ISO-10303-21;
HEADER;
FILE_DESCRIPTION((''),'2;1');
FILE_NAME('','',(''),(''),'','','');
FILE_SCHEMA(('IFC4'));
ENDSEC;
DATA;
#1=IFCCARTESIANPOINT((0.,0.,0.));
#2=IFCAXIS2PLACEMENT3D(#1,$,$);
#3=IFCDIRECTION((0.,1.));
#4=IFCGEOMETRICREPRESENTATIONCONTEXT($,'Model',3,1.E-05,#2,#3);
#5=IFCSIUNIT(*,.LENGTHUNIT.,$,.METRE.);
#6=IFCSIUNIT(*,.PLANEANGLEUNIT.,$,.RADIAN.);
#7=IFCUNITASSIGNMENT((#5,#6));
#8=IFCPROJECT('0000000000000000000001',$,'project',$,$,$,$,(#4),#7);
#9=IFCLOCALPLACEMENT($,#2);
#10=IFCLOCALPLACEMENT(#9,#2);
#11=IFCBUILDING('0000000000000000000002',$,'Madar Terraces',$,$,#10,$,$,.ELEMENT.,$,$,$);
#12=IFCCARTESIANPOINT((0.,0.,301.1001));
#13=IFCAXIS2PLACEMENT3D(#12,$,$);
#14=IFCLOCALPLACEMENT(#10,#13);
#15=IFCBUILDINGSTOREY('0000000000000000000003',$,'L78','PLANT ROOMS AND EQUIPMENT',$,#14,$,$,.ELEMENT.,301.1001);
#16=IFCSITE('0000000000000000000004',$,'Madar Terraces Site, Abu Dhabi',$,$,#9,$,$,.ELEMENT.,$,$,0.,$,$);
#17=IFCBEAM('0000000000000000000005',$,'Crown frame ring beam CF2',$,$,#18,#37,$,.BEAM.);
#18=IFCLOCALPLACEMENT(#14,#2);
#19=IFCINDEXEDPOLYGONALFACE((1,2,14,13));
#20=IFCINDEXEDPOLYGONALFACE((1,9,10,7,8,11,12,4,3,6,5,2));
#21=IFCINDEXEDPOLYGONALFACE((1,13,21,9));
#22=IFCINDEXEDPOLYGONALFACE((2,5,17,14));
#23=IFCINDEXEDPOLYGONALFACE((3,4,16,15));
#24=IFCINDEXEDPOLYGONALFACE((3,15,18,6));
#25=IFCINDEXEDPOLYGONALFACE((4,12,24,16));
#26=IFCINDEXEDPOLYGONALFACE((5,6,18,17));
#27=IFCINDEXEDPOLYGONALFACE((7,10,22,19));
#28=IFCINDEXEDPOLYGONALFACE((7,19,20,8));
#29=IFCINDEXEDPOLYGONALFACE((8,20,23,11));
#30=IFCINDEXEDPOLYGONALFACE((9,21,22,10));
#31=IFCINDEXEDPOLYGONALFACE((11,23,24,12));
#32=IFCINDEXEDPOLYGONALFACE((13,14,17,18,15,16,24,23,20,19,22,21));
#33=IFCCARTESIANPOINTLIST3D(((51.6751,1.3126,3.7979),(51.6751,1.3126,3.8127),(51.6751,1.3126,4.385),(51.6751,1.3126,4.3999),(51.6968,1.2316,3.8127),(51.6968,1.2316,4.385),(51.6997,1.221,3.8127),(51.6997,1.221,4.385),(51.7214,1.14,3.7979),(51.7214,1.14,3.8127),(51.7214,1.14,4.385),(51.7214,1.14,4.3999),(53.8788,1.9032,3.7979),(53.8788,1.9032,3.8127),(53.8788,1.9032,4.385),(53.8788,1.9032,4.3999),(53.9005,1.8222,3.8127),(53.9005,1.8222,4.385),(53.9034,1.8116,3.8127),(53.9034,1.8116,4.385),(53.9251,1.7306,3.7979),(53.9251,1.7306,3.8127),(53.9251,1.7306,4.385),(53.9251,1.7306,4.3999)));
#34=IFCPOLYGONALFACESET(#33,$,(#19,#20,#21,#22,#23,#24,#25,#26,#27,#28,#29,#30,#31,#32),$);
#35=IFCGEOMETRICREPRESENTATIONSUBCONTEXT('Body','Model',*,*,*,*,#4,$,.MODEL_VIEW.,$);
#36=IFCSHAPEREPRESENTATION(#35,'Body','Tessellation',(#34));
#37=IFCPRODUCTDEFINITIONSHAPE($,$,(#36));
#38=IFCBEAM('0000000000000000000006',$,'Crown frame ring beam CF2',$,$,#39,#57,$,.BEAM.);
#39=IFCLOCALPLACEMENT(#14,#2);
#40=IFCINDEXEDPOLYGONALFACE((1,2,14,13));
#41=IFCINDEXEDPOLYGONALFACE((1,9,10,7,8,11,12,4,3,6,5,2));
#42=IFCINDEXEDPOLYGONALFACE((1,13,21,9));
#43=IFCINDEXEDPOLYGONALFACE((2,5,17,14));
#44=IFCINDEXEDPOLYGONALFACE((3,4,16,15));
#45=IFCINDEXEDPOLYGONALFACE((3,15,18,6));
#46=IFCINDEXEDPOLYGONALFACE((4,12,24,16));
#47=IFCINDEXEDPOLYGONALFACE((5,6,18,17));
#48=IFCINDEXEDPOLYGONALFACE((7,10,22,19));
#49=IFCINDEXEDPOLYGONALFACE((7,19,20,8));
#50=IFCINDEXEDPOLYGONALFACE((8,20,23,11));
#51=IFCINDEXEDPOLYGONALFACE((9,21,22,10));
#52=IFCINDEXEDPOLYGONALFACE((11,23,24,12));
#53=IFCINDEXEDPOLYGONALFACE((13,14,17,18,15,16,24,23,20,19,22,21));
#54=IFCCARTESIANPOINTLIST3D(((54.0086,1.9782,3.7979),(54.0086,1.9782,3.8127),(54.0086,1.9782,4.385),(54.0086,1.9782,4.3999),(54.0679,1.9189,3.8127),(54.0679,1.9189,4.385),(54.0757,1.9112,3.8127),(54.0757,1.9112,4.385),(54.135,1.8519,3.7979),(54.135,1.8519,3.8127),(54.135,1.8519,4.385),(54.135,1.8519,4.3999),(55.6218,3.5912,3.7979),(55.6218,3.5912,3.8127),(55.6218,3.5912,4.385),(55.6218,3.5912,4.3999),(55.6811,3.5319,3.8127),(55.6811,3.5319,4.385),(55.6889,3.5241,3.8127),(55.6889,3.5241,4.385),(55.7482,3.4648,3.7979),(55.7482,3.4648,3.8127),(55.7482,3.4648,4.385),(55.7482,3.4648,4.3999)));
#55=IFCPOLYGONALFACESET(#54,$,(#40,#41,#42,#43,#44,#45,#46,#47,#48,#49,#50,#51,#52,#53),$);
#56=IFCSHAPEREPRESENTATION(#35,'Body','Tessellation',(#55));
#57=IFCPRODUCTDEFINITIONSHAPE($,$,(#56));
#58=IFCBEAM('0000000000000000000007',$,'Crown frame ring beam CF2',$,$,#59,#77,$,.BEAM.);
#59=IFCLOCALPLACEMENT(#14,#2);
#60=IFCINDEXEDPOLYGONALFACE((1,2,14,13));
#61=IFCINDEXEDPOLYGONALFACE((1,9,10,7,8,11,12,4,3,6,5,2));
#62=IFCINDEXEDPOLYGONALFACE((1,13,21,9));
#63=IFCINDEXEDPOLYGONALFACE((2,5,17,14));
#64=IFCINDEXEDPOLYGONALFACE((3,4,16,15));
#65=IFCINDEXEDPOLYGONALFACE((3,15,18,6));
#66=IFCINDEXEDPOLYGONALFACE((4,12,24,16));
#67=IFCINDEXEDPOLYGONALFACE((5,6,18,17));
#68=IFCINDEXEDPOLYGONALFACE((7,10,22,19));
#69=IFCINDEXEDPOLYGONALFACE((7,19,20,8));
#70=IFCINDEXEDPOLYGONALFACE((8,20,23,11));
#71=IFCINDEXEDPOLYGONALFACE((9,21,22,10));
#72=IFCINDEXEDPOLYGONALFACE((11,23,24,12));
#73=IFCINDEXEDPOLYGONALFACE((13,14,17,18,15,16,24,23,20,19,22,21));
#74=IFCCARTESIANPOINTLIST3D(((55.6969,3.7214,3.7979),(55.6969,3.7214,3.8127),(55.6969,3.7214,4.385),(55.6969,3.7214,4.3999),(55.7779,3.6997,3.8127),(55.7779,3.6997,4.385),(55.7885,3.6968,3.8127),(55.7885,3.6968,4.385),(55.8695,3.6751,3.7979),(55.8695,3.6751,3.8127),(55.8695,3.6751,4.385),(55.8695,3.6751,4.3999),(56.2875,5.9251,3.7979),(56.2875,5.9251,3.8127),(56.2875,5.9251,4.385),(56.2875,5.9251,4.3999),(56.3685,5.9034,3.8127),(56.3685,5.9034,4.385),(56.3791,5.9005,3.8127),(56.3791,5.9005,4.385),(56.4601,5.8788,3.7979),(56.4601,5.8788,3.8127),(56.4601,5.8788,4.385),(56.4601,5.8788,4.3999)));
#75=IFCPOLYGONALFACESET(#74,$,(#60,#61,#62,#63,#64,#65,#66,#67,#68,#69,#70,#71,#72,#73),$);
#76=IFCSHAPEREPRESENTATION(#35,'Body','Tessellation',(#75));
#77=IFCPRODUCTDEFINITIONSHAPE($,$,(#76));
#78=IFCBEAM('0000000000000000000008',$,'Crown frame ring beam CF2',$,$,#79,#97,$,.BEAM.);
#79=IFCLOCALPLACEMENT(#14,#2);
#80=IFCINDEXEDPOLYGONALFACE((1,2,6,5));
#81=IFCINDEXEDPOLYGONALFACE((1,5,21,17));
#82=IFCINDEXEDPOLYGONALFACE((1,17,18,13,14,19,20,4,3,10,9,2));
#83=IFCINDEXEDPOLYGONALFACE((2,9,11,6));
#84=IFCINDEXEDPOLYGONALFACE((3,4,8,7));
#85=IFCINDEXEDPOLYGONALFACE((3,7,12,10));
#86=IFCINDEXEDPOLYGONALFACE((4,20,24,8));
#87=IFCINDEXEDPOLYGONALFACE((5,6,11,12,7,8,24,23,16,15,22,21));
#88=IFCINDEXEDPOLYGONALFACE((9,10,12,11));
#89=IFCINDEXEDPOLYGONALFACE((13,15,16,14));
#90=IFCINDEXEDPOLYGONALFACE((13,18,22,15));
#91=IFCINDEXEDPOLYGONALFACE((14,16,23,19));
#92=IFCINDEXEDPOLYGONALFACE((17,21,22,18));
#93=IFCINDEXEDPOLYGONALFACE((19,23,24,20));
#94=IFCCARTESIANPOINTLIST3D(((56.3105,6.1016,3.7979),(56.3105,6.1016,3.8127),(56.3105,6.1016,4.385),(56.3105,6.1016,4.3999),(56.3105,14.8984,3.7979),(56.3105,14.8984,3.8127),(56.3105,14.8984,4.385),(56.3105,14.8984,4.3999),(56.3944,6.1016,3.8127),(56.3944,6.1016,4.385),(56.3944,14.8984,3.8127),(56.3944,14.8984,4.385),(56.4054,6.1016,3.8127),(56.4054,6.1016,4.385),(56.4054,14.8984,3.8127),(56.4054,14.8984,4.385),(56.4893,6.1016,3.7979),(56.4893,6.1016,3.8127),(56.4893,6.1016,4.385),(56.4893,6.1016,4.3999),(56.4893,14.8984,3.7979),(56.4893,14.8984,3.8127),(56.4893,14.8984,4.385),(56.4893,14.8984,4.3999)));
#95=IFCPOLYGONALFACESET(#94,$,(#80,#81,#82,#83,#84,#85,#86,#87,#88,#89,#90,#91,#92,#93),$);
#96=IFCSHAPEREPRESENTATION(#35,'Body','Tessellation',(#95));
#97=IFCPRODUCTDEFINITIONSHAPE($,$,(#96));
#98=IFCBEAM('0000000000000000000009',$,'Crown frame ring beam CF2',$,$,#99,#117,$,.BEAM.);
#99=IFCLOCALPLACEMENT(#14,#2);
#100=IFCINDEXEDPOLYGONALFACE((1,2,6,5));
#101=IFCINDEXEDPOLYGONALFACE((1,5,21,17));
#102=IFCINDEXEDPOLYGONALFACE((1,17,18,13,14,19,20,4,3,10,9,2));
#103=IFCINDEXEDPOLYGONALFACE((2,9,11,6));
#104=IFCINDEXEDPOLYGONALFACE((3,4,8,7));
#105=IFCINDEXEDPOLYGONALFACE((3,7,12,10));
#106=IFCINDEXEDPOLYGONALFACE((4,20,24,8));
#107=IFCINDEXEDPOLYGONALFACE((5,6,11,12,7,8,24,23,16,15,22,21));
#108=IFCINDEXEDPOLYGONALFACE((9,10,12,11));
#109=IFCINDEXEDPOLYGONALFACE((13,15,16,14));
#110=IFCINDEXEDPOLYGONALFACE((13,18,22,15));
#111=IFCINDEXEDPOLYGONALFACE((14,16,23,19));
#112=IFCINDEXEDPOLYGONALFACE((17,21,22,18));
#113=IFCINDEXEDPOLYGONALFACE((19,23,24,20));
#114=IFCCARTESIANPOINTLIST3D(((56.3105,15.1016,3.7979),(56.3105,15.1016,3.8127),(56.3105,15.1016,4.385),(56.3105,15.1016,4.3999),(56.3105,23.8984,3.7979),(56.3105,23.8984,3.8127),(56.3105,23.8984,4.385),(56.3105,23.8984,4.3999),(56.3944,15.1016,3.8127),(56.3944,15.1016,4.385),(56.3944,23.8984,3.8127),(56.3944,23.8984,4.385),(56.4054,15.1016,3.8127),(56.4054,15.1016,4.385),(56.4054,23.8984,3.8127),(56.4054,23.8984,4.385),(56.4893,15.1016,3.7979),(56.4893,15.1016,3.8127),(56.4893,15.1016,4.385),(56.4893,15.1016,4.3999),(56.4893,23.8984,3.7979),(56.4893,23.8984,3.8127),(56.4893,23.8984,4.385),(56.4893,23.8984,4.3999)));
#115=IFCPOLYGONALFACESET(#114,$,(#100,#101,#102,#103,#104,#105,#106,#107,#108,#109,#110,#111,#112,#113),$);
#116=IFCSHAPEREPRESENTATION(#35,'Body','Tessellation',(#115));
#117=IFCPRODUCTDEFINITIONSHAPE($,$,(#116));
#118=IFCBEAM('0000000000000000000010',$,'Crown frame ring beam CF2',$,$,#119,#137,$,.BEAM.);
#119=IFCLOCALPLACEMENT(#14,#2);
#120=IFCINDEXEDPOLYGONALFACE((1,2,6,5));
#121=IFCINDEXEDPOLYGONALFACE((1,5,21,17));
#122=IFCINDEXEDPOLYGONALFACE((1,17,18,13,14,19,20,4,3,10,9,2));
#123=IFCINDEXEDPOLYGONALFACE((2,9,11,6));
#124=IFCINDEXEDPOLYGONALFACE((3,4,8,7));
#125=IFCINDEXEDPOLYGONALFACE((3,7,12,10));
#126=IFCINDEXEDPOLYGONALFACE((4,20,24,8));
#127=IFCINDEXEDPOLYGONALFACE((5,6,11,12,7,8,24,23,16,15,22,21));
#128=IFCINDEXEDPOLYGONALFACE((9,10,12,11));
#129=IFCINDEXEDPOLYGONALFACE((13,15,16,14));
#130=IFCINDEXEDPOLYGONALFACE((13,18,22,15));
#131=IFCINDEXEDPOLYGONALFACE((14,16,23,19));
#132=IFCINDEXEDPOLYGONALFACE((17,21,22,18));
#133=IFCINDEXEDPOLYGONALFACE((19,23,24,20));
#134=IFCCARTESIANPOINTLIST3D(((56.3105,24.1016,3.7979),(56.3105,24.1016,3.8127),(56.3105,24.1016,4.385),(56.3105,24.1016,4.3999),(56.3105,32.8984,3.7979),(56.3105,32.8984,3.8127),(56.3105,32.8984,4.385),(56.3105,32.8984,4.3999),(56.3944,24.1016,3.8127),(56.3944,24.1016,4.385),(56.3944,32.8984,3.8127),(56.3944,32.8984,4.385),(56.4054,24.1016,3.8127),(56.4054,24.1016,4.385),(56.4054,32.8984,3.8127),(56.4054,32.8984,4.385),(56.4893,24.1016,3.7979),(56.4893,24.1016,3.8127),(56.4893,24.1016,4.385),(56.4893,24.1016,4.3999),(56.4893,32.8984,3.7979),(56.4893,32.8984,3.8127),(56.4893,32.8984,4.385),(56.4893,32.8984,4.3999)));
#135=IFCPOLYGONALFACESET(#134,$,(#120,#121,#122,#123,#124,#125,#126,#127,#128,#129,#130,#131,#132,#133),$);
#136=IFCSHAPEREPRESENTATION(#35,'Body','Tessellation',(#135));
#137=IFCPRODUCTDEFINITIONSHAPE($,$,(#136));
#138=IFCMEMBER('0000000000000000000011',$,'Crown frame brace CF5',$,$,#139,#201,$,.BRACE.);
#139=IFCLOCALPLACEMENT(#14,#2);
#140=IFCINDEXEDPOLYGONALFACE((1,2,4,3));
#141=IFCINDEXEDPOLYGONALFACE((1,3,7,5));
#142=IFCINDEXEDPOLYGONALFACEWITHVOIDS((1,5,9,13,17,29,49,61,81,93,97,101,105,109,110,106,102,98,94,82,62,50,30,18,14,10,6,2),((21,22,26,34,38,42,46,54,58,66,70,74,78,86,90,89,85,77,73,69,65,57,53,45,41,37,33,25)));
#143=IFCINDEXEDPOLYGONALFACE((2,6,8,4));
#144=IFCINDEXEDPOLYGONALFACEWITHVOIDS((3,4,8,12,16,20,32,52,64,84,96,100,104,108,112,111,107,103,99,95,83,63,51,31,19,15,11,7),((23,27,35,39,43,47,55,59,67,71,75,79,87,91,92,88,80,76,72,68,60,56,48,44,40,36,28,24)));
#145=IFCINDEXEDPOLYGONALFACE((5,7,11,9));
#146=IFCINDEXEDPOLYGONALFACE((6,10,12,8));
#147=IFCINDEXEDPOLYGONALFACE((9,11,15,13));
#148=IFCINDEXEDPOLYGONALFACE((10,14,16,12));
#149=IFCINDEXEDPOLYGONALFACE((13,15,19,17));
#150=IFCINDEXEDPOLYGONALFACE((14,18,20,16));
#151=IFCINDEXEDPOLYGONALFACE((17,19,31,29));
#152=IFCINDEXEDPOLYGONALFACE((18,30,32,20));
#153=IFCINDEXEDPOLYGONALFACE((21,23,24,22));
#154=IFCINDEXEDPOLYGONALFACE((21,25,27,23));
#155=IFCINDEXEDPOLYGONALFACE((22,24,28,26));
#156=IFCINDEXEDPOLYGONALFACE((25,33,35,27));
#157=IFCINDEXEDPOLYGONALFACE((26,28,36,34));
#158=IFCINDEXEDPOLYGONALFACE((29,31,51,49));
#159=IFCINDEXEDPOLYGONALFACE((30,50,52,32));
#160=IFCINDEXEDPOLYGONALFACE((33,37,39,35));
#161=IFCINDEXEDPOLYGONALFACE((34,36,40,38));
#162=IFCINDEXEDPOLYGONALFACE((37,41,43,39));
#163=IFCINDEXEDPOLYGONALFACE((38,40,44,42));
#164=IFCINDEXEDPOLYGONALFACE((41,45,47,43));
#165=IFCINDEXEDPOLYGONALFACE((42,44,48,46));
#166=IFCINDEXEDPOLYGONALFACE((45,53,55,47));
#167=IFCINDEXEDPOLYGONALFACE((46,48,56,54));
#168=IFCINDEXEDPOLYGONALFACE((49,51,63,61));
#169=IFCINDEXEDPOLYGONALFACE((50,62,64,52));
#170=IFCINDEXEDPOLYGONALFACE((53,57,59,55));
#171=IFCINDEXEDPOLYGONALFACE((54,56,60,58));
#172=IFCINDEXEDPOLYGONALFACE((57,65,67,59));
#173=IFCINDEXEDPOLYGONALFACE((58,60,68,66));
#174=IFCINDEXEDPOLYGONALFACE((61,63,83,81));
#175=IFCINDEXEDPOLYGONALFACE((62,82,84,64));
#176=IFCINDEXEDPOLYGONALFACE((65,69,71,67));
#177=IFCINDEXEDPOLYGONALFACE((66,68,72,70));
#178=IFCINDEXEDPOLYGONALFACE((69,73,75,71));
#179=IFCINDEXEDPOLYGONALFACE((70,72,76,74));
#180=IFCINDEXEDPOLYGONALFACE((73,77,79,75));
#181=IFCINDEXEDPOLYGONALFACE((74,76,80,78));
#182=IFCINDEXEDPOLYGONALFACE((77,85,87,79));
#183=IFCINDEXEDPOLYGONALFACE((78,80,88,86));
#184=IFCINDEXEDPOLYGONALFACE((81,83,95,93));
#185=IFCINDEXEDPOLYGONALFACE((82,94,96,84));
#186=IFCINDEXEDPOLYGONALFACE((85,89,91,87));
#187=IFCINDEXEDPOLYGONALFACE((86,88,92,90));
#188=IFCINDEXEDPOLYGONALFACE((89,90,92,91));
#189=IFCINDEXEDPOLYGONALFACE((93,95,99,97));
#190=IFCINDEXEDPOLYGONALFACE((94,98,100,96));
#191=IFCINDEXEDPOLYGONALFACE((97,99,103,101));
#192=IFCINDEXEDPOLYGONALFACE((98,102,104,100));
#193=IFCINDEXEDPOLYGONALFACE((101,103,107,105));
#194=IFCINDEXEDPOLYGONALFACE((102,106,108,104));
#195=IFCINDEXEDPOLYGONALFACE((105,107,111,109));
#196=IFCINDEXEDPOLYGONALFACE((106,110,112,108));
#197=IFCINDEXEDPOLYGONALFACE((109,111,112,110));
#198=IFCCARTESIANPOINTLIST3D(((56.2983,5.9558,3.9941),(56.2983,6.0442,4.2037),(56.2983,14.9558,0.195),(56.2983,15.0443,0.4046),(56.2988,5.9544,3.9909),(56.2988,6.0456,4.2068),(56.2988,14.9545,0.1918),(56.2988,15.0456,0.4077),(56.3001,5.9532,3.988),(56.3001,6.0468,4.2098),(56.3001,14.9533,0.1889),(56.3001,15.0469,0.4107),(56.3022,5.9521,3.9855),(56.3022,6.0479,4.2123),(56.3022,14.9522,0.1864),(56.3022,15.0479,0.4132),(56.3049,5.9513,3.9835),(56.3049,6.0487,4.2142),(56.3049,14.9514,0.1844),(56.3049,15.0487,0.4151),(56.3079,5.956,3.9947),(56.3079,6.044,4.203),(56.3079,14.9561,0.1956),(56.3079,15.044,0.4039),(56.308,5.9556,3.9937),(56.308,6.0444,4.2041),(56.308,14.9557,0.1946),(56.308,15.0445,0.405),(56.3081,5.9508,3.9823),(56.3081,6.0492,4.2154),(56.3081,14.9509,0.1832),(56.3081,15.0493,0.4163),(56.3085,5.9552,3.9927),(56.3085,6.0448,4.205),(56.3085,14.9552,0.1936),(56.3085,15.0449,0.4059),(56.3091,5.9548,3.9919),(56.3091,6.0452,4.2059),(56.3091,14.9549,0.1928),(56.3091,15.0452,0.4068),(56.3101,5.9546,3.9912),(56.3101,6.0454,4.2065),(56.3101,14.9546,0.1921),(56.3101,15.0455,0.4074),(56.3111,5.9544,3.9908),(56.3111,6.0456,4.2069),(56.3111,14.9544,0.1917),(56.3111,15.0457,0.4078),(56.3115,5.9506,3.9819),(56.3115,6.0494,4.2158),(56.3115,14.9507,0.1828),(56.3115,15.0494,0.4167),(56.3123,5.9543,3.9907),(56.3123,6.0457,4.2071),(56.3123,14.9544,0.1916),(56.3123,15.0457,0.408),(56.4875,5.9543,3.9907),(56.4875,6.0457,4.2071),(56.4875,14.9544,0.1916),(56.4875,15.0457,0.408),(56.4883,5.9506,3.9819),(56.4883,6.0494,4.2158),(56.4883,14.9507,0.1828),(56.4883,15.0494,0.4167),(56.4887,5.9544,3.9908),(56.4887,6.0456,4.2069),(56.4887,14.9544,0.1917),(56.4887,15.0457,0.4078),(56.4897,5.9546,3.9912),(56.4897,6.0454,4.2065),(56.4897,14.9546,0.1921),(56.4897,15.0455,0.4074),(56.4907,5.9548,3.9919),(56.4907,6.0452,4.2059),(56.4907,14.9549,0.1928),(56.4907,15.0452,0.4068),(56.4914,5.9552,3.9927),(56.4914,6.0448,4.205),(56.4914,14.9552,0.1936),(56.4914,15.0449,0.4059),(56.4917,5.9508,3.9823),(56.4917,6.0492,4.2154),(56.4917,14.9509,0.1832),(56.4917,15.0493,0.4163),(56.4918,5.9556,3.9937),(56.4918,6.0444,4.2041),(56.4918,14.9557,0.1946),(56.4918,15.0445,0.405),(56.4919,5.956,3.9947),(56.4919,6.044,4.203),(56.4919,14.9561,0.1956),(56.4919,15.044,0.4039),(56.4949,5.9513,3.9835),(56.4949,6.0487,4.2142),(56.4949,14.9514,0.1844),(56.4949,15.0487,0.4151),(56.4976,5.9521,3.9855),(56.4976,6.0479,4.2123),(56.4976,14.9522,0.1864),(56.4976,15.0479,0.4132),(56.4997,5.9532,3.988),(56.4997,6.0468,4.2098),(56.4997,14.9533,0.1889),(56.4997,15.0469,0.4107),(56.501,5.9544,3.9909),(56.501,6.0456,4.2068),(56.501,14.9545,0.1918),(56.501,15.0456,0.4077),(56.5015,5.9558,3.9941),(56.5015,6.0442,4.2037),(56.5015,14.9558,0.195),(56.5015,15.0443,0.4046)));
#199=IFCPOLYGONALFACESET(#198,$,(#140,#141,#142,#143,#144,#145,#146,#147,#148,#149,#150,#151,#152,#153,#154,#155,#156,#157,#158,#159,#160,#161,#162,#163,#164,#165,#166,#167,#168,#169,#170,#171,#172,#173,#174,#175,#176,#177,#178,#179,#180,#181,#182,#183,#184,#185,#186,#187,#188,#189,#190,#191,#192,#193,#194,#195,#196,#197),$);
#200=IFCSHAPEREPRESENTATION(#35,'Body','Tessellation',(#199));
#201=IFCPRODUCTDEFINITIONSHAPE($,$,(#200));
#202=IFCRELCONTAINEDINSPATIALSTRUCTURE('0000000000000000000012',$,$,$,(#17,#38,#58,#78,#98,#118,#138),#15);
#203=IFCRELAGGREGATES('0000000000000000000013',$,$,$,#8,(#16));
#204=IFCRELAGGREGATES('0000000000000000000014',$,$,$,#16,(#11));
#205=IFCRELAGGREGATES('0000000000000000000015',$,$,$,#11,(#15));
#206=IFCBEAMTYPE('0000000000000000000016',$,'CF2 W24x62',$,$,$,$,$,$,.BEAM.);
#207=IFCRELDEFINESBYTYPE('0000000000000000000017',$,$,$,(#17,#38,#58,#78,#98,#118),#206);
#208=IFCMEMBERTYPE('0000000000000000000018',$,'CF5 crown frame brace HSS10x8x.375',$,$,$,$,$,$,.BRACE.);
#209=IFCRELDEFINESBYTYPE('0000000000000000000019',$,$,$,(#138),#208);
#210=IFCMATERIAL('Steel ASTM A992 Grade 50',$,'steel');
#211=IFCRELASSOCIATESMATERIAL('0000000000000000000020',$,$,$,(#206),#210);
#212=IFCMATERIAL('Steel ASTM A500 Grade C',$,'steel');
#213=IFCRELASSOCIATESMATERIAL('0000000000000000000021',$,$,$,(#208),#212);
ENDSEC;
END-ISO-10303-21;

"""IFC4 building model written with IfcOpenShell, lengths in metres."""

from ifc_helpers import new_model, si_unit, direction, frame, origin, origin_2d, place, context, subcontext, project, spatial, hollow_rectangle, i_section, extrude, material, material_profile, profile_set, type_object, element, save


model = new_model("IFC4")

# Units and contexts
model_context = context("Model", 3, precision=1e-05, world=origin(), true_north=direction((0.0, 1.0)))
body_context = subcontext(model_context, "Body", "Model", "MODEL_VIEW")
ifc_project = project(units=[si_unit("LENGTHUNIT", "METRE"), si_unit("PLANEANGLEUNIT", "RADIAN")], contexts=[model_context])

# Site, building, storey
site_placement = place(None, origin())
site = spatial("IfcSite", under=ifc_project, at=site_placement, Name="Madar Terraces Site, Abu Dhabi", CompositionType="ELEMENT", RefElevation=0.0)
building_placement = place(site_placement, origin())
building = spatial("IfcBuilding", under=site, at=building_placement, Name="Madar Terraces", CompositionType="ELEMENT")
storey_placement = place(building_placement, frame((0.0, 0.0, 301.1001)))
storey = spatial("IfcBuildingStorey", under=building, at=storey_placement, Name="L78", Description="PLANT ROOMS AND EQUIPMENT", CompositionType="ELEMENT", Elevation=301.1001)

# Beams
ifc_material_1 = material(Name="Steel ASTM A992 Grade 50", Category="steel")
ifc_material_profile_1 = material_profile(ifc_material_1, i_section(OverallWidth=0.1787, OverallDepth=0.6021, WebThickness=0.011, FlangeThickness=0.0149, at=origin_2d()), Name="W24x62")
ifc_profile_set_1 = profile_set([ifc_material_profile_1], Name="Steel ASTM A992 Grade 50")
beam_type = type_object("IfcBeamType", Name="CF2 W24x62", PredefinedType="BEAM", material=ifc_profile_set_1)
beam_1_placement = place(storey_placement, frame((51.6982, 1.2263, 4.0989), z_axis=(0.965913, 0.258868, 0.0), x_axis=(-0.258868, 0.965913, 0.0)))
element("IfcBeam", 1, at=beam_1_placement, inside=storey, type_object=beam_type, Name="Crown frame ring beam CF2", PredefinedType="BEAM", context=body_context, shape_type="SweptSolid", body=[
    extrude(i_section(OverallWidth=0.1787, OverallDepth=0.6021, WebThickness=0.011, FlangeThickness=0.0149, at=origin_2d()), origin(), (0.0, 0.0, 1.0), 2.2815),
])
beam_2_placement = place(storey_placement, frame((54.0718, 1.915, 4.0989), z_axis=(0.70716, 0.707053, 0.0), x_axis=(-0.707053, 0.70716, 0.0)))
element("IfcBeam", 2, at=beam_2_placement, inside=storey, type_object=beam_type, Name="Crown frame ring beam CF2", PredefinedType="BEAM", context=body_context, shape_type="SweptSolid", body=[
    extrude(i_section(OverallWidth=0.1787, OverallDepth=0.6021, WebThickness=0.011, FlangeThickness=0.0149, at=origin_2d()), origin(), (0.0, 0.0, 1.0), 2.2812),
])
beam_3_placement = place(storey_placement, frame((55.7832, 3.6982, 4.0989), z_axis=(0.258868, 0.965913, 0.0), x_axis=(-0.965913, 0.258868, 0.0)))
element("IfcBeam", 3, at=beam_3_placement, inside=storey, type_object=beam_type, Name="Crown frame ring beam CF2", PredefinedType="BEAM", context=body_context, shape_type="SweptSolid", body=[
    extrude(i_section(OverallWidth=0.1787, OverallDepth=0.6021, WebThickness=0.011, FlangeThickness=0.0149, at=origin_2d()), origin(), (0.0, 0.0, 1.0), 2.2815),
])
for number, where, z_axis, x_axis, name in (
    (4, (56.3999, 6.1016, 4.0989), (0.0, 1.0, 0.0), (-1.0, 0.0, 0.0), "Crown frame ring beam CF2"),
    (5, (56.3999, 15.1016, 4.0989), (0.0, 1.0, 0.0), (-1.0, 0.0, 0.0), "Crown frame ring beam CF2"),
    (6, (56.3999, 24.1016, 4.0989), (0.0, 1.0, 0.0), (-1.0, 0.0, 0.0), "Crown frame ring beam CF2"),
):
    element("IfcBeam", number, at=place(storey_placement, frame(where, z_axis=z_axis, x_axis=x_axis)), inside=storey, type_object=beam_type, Name=name, PredefinedType="BEAM", context=body_context, shape_type="SweptSolid", body=[
        extrude(i_section(OverallWidth=0.1787, OverallDepth=0.6021, WebThickness=0.011, FlangeThickness=0.0149, at=origin_2d()), origin(), (0.0, 0.0, 1.0), 8.7969),
    ])

# Member
ifc_material_2 = material(Name="Steel ASTM A500 Grade C", Category="steel")
ifc_material_profile_2 = material_profile(ifc_material_2, hollow_rectangle(XDim=0.2031, YDim=0.2539, WallThickness=0.0095, InnerFilletRadius=0.0044, OuterFilletRadius=0.0132, at=origin_2d()), Name="HSS10x8x.375")
ifc_profile_set_2 = profile_set([ifc_material_profile_2], Name="Steel ASTM A500 Grade C")
member_type_1 = type_object("IfcMemberType", Name="CF5 crown frame brace HSS10x8x.375", PredefinedType="BRACE", material=ifc_profile_set_2)
for number, where, z_axis, x_axis, name in (
    (7, (56.3999, 6.0, 4.0989), (0.0, 0.921284, -0.388891), (-1.0, 0.0, 0.0), "Crown frame brace CF5"),
):
    element("IfcMember", number, at=place(storey_placement, frame(where, z_axis=z_axis, x_axis=x_axis)), inside=storey, type_object=member_type_1, Name=name, PredefinedType="BRACE", context=body_context, shape_type="SweptSolid", body=[
        extrude(hollow_rectangle(XDim=0.2031, YDim=0.2539, WallThickness=0.0095, InnerFilletRadius=0.0044, OuterFilletRadius=0.0132, at=origin_2d()), origin(), (0.0, 0.0, 1.0), 9.769),
    ])

save(model, "model.ifc")
